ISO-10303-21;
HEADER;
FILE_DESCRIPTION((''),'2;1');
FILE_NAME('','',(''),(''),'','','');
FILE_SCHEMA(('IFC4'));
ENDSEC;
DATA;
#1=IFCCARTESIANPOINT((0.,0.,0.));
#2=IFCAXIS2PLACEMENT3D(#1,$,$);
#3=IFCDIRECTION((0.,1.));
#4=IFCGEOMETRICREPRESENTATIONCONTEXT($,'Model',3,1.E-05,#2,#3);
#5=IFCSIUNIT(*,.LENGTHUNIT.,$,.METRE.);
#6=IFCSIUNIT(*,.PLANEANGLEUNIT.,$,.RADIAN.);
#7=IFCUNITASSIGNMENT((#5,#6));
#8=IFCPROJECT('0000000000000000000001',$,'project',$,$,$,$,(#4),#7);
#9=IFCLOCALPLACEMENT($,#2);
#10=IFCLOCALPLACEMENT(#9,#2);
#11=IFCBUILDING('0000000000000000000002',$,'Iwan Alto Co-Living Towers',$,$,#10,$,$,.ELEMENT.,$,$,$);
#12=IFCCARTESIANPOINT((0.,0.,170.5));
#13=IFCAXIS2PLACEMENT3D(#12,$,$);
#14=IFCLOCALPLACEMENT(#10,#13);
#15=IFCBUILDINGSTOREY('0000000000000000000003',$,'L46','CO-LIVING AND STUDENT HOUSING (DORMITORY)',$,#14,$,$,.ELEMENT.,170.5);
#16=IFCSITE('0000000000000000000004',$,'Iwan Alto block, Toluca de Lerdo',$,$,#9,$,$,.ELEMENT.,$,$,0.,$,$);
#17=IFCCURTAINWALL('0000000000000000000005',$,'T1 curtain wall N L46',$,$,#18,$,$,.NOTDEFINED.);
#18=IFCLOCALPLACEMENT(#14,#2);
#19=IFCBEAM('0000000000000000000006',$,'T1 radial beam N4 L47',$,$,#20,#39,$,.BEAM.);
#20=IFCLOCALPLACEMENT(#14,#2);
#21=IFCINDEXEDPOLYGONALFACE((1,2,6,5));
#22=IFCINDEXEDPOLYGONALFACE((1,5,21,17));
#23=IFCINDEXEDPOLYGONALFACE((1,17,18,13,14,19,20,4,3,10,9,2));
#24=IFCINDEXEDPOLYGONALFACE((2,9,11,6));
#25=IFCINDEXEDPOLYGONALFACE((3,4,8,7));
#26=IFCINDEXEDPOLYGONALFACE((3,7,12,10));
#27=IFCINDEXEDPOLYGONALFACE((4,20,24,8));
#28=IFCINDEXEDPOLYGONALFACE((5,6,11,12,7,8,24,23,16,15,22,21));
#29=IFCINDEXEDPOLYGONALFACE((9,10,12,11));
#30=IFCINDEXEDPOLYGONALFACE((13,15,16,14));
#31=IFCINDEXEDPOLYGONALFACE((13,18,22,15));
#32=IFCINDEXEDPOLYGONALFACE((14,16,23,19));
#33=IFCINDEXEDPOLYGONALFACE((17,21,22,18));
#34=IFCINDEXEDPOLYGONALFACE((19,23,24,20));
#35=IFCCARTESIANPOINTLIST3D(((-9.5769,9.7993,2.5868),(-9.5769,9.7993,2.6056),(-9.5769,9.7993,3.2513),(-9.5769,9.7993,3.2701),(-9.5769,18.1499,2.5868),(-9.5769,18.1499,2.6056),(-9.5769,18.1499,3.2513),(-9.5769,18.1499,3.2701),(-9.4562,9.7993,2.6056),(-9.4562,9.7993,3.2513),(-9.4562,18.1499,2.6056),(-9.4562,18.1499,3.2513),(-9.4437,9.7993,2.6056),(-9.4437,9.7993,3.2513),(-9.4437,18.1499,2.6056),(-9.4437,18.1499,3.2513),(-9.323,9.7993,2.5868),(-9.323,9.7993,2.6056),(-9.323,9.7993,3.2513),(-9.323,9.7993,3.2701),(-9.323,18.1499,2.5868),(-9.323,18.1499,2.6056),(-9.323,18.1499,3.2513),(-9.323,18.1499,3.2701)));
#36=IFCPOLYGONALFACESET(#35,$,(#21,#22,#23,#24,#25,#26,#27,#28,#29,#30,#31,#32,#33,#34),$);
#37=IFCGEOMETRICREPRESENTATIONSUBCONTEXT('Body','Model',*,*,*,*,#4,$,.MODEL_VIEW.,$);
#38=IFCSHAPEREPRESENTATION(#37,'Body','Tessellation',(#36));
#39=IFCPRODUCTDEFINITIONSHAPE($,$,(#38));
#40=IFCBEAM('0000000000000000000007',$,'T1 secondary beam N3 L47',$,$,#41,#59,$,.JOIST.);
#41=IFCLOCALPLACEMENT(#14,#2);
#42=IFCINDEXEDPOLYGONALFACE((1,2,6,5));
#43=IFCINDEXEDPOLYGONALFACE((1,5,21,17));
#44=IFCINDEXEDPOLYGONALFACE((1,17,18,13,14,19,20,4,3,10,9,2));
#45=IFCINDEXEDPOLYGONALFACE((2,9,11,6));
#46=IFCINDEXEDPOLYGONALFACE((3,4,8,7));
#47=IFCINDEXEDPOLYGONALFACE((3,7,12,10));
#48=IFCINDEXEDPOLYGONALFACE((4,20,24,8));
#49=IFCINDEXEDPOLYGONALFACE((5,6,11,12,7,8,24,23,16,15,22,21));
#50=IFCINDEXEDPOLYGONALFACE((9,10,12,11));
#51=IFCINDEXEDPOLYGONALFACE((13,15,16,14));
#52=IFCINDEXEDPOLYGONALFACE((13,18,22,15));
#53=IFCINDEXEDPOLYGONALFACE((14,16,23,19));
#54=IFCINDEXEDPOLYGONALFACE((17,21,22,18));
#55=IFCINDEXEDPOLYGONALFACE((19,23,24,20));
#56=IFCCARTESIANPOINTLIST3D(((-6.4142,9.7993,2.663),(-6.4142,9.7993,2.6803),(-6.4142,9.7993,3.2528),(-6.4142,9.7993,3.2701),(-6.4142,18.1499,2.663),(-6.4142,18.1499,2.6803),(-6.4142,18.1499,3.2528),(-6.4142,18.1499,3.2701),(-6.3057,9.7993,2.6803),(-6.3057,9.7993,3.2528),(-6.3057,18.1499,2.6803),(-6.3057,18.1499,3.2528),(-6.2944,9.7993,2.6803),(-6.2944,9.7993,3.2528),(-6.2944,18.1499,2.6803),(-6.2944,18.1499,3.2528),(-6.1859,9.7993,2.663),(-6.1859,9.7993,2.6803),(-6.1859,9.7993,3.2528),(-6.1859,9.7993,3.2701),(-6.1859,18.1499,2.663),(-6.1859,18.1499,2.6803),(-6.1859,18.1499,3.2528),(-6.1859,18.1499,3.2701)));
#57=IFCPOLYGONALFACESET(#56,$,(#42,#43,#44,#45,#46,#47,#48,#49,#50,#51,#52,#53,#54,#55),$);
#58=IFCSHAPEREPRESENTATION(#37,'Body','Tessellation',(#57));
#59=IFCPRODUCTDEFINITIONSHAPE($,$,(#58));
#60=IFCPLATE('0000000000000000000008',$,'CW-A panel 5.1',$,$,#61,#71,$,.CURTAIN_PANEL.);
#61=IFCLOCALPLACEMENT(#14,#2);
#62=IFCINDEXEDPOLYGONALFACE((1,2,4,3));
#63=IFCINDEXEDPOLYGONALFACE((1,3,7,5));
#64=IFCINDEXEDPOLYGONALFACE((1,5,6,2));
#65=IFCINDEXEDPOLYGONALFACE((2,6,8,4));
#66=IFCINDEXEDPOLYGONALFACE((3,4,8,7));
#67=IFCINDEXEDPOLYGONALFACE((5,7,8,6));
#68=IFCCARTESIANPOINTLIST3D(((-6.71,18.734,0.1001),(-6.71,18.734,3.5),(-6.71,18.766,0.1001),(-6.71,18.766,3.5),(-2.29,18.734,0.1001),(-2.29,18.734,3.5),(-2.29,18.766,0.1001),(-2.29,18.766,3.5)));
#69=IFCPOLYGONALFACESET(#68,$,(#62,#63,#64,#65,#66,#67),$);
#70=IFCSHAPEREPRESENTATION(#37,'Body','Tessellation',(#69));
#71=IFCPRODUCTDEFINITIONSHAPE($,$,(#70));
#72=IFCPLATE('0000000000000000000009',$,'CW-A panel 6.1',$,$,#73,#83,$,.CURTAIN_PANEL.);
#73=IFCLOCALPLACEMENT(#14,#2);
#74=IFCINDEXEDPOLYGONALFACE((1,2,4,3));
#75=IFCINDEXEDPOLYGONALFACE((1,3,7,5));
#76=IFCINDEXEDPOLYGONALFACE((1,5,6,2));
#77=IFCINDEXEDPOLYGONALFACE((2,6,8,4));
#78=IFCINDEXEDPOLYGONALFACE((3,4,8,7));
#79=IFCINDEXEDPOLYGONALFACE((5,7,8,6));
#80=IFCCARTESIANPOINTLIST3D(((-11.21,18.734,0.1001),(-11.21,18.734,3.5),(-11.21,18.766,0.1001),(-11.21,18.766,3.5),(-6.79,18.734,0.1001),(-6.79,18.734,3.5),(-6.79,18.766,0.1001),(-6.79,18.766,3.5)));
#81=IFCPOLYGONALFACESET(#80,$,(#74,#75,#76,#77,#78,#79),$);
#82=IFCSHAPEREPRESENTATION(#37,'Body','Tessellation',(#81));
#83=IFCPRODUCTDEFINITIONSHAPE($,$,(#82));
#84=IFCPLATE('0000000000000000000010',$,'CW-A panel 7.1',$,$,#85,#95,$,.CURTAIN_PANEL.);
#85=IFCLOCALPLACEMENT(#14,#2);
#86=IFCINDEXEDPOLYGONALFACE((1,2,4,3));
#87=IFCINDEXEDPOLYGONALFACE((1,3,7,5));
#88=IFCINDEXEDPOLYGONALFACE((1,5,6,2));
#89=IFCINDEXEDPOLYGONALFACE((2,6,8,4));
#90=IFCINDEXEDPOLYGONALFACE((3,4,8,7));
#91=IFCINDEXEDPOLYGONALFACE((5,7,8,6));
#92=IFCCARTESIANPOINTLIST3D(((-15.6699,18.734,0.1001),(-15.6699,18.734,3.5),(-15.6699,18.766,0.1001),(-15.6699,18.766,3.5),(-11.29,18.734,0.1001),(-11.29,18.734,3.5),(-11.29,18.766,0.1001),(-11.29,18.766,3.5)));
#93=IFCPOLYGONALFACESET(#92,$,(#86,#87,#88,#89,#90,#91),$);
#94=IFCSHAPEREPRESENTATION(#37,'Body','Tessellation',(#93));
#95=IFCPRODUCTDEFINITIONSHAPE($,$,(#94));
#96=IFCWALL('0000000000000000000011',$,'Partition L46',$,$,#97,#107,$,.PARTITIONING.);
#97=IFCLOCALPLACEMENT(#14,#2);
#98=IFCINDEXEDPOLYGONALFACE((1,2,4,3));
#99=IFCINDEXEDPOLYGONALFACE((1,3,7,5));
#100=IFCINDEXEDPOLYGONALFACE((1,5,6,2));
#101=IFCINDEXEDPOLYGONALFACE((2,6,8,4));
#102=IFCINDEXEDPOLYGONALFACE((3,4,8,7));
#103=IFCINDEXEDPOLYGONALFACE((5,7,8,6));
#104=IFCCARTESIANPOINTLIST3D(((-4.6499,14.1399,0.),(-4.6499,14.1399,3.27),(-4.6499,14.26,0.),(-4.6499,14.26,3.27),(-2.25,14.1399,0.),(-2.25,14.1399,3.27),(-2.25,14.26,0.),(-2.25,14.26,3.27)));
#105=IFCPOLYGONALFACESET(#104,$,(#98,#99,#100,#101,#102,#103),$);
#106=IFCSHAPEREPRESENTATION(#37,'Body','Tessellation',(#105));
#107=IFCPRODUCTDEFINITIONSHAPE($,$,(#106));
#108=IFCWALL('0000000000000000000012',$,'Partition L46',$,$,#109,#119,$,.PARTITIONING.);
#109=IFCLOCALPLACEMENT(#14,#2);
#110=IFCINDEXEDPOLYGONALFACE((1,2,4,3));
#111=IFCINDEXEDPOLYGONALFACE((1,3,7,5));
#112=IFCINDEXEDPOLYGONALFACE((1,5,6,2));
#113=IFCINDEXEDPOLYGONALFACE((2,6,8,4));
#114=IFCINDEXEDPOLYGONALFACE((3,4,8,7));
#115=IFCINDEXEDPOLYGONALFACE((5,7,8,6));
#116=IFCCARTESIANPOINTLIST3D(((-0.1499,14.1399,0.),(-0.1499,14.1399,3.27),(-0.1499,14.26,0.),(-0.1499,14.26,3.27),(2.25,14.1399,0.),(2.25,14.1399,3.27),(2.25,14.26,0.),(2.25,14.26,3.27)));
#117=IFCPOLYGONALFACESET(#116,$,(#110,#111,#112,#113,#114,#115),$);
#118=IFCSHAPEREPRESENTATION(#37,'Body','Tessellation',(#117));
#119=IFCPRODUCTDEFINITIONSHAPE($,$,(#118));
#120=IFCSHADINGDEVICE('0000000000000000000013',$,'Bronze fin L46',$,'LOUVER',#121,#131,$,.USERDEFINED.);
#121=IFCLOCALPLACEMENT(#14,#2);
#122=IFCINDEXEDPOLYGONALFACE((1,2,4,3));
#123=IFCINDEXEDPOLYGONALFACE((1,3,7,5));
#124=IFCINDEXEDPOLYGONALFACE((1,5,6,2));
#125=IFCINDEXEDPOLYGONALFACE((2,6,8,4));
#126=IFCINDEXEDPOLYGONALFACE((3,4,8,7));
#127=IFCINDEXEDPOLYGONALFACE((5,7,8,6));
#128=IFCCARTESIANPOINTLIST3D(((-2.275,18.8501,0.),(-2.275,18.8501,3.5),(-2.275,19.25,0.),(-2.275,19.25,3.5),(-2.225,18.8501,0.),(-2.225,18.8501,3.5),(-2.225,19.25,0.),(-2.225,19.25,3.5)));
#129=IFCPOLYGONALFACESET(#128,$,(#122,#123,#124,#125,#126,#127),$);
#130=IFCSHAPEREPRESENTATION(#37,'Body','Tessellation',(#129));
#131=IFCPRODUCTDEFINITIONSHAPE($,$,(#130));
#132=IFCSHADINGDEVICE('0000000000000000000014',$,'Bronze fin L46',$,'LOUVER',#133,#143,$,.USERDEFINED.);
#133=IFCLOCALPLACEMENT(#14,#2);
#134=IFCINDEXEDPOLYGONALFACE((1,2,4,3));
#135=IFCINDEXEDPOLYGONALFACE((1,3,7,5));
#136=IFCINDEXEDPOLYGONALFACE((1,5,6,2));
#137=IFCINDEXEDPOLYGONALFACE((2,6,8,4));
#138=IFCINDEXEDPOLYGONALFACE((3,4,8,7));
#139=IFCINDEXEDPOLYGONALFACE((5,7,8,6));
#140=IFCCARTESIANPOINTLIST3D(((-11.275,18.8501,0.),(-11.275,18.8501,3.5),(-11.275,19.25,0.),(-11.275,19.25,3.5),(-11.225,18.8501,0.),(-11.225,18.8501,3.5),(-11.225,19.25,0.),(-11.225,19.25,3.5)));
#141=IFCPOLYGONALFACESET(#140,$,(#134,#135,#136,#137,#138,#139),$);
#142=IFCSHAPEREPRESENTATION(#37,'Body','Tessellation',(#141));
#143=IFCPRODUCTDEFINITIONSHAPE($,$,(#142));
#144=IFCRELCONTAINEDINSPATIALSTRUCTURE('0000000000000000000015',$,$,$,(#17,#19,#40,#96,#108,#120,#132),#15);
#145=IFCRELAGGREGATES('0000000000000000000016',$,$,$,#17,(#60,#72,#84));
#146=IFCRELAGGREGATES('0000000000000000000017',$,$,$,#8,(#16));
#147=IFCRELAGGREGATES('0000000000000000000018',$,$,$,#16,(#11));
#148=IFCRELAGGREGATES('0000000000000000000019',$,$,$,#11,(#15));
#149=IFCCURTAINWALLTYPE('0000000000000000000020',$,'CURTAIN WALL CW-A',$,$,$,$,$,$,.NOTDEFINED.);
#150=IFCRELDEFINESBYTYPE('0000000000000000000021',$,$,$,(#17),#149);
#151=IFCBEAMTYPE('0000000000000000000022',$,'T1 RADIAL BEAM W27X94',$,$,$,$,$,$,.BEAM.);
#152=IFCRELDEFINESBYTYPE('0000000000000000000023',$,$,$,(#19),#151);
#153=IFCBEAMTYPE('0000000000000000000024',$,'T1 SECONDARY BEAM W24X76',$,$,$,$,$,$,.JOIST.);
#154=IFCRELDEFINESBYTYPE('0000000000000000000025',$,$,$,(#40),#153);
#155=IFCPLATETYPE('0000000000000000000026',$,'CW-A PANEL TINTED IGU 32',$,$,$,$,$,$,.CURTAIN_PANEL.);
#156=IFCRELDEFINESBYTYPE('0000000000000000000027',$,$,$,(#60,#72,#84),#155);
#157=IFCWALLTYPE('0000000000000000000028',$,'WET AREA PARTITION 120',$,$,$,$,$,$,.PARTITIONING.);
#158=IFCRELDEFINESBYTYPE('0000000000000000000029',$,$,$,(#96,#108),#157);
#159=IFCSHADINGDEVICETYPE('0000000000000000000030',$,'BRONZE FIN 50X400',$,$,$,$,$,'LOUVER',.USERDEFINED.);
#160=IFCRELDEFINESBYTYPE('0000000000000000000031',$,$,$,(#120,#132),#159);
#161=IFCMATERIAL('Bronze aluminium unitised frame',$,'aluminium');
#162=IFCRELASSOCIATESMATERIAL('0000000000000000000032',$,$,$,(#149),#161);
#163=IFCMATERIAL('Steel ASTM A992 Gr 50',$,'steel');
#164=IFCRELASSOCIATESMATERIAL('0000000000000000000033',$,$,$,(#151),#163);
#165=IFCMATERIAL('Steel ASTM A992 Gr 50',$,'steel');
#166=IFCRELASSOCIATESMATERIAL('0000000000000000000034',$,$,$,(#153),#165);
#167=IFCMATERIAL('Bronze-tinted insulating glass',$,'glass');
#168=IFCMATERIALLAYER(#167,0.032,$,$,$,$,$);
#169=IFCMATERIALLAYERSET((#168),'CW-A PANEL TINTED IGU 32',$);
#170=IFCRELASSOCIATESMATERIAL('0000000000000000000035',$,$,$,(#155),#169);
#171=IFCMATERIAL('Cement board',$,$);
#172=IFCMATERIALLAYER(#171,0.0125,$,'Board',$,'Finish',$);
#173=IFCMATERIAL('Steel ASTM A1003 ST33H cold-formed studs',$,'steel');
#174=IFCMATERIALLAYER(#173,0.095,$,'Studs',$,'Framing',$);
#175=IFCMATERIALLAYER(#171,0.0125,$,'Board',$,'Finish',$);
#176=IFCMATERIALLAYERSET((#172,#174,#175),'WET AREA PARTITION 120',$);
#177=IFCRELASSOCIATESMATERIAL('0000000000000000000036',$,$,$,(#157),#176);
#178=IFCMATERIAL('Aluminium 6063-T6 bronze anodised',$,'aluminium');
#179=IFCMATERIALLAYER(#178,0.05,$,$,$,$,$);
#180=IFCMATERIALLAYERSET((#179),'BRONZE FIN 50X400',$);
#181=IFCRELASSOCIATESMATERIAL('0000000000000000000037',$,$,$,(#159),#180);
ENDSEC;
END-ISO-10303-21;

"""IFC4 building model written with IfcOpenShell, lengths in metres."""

from ifc_helpers import new_model, si_unit, direction, frame, frame_2d, origin, origin_2d, place, context, subcontext, project, spatial, rectangle, i_section, extrude, material, layer, layer_set, material_profile, profile_set, type_object, element, aggregate, save


model = new_model("IFC4")

# Units and contexts
model_context = context("Model", 3, precision=1e-05, world=origin(), true_north=direction((0.0, 1.0)))
body_context = subcontext(model_context, "Body", "Model", "MODEL_VIEW")
ifc_project = project(units=[si_unit("LENGTHUNIT", "METRE"), si_unit("PLANEANGLEUNIT", "RADIAN")], contexts=[model_context])

# Site, building, storey
site_placement = place(None, origin())
site = spatial("IfcSite", under=ifc_project, at=site_placement, Name="Iwan Alto block, Toluca de Lerdo", CompositionType="ELEMENT", RefElevation=0.0)
building_placement = place(site_placement, origin())
building = spatial("IfcBuilding", under=site, at=building_placement, Name="Iwan Alto Co-Living Towers", CompositionType="ELEMENT")
storey_placement = place(building_placement, frame((0.0, 0.0, 170.5)))
storey = spatial("IfcBuildingStorey", under=building, at=storey_placement, Name="L46", Description="CO-LIVING AND STUDENT HOUSING (DORMITORY)", CompositionType="ELEMENT", Elevation=170.5)

# Curtain wall
ifc_material_1 = material(Name="Bronze aluminium unitised frame", Category="aluminium")
curtain_wall_type = type_object("IfcCurtainWallType", Name="CURTAIN WALL CW-A", PredefinedType="NOTDEFINED", material=ifc_material_1)
curtain_wall_placement = place(storey_placement, origin())
curtain_wall = element("IfcCurtainWall", 1, at=curtain_wall_placement, inside=storey, type_object=curtain_wall_type, Name="T1 curtain wall N L46", PredefinedType="NOTDEFINED")

# Beams
ifc_material_2 = material(Name="Steel ASTM A992 Gr 50", Category="steel")
ifc_material_profile_1 = material_profile(ifc_material_2, i_section(OverallWidth=0.2539, OverallDepth=0.6833, WebThickness=0.0125, FlangeThickness=0.0188, at=origin_2d()), Name="W27X94")
ifc_profile_set_1 = profile_set([ifc_material_profile_1], Name="Steel ASTM A992 Gr 50")
beam_type_1 = type_object("IfcBeamType", Name="T1 RADIAL BEAM W27X94", PredefinedType="BEAM", material=ifc_profile_set_1)
for number, where, z_axis, x_axis, name in (
    (2, (-9.45, 18.1499, 2.9285), (0.0, -1.0, 0.0), (1.0, 0.0, 0.0), "T1 radial beam N4 L47"),
):
    element("IfcBeam", number, at=place(storey_placement, frame(where, z_axis=z_axis, x_axis=x_axis)), inside=storey, type_object=beam_type_1, Name=name, PredefinedType="BEAM", context=body_context, shape_type="SweptSolid", body=[
        extrude(i_section(OverallWidth=0.2539, OverallDepth=0.6833, WebThickness=0.0125, FlangeThickness=0.0188, at=origin_2d()), origin(), (0.0, 0.0, 1.0), 8.3506),
    ])
ifc_material_3 = material(Name="Steel ASTM A992 Gr 50", Category="steel")
ifc_material_profile_2 = material_profile(ifc_material_3, i_section(OverallWidth=0.2283, OverallDepth=0.6072, WebThickness=0.0112, FlangeThickness=0.0173, at=origin_2d()), Name="W24X76")
ifc_profile_set_2 = profile_set([ifc_material_profile_2], Name="Steel ASTM A992 Gr 50")
beam_type_2 = type_object("IfcBeamType", Name="T1 SECONDARY BEAM W24X76", PredefinedType="JOIST", material=ifc_profile_set_2)
beam_1_placement = place(storey_placement, frame((-6.3, 18.1499, 2.9666), z_axis=(0.0, -1.0, 0.0), x_axis=(1.0, 0.0, 0.0)))
element("IfcBeam", 3, at=beam_1_placement, inside=storey, type_object=beam_type_2, Name="T1 secondary beam N3 L47", PredefinedType="JOIST", context=body_context, shape_type="SweptSolid", body=[
    extrude(i_section(OverallWidth=0.2283, OverallDepth=0.6072, WebThickness=0.0112, FlangeThickness=0.0173, at=origin_2d()), origin(), (0.0, 0.0, 1.0), 8.3506),
])

# Plates
ifc_material_4 = material(Name="Bronze-tinted insulating glass", Category="glass")
ifc_layer_1 = layer(ifc_material_4, 0.032)
ifc_layer_set_1 = layer_set([ifc_layer_1], Name="CW-A PANEL TINTED IGU 32")
plate_type = type_object("IfcPlateType", Name="CW-A PANEL TINTED IGU 32", PredefinedType="CURTAIN_PANEL", material=ifc_layer_set_1)
plate_1_placement = place(storey_placement, frame((-4.5, 18.75, 0.1001), z_axis=(0.0, 0.0, 1.0), x_axis=(-1.0, 0.0, 0.0)))
plate_1 = element("IfcPlate", 4, at=plate_1_placement, type_object=plate_type, Name="CW-A panel 5.1", PredefinedType="CURTAIN_PANEL", context=body_context, shape_type="SweptSolid", body=[
    extrude(rectangle(XDim=4.4199, YDim=0.032, at=origin_2d()), origin(), (0.0, 0.0, 1.0), 3.3999),
])
plate_2_placement = place(storey_placement, frame((-9.0, 18.75, 0.1001), z_axis=(0.0, 0.0, 1.0), x_axis=(-1.0, 0.0, 0.0)))
plate_2 = element("IfcPlate", 5, at=plate_2_placement, type_object=plate_type, Name="CW-A panel 6.1", PredefinedType="CURTAIN_PANEL", context=body_context, shape_type="SweptSolid", body=[
    extrude(rectangle(XDim=4.4199, YDim=0.032, at=origin_2d()), origin(), (0.0, 0.0, 1.0), 3.3999),
])
plate_3_placement = place(storey_placement, frame((-13.48, 18.75, 0.1001), z_axis=(0.0, 0.0, 1.0), x_axis=(-1.0, 0.0, 0.0)))
plate_3 = element("IfcPlate", 6, at=plate_3_placement, type_object=plate_type, Name="CW-A panel 7.1", PredefinedType="CURTAIN_PANEL", context=body_context, shape_type="SweptSolid", body=[
    extrude(rectangle(XDim=4.3799, YDim=0.032, at=origin_2d()), origin(), (0.0, 0.0, 1.0), 3.3999),
])
aggregate(curtain_wall, [plate_1, plate_2, plate_3])

# Walls
ifc_material_5 = material(Name="Cement board")
ifc_layer_2 = layer(ifc_material_5, 0.0125, Name="Board", Category="Finish")
ifc_material_6 = material(Name="Steel ASTM A1003 ST33H cold-formed studs", Category="steel")
ifc_layer_3 = layer(ifc_material_6, 0.095, Name="Studs", Category="Framing")
ifc_layer_4 = layer(ifc_material_5, 0.0125, Name="Board", Category="Finish")
ifc_layer_set_2 = layer_set([ifc_layer_2, ifc_layer_3, ifc_layer_4], Name="WET AREA PARTITION 120")
wall_type = type_object("IfcWallType", Name="WET AREA PARTITION 120", PredefinedType="PARTITIONING", material=ifc_layer_set_2)
for number, where, z_axis, x_axis, name in (
    (7, (-4.6499, 14.2, 0.0), (0.0, 0.0, 1.0), (1.0, 0.0, 0.0), "Partition L46"),
    (8, (-0.1499, 14.2, 0.0), (0.0, 0.0, 1.0), (1.0, 0.0, 0.0), "Partition L46"),
):
    element("IfcWall", number, at=place(storey_placement, frame(where, z_axis=z_axis, x_axis=x_axis)), inside=storey, type_object=wall_type, Name=name, PredefinedType="PARTITIONING", context=body_context, shape_type="SweptSolid", body=[
        extrude(rectangle(XDim=2.3999, YDim=0.1201, at=frame_2d((1.2, 0.0))), origin(), (0.0, 0.0, 1.0), 3.27),
    ])

# Shading devices
ifc_material_7 = material(Name="Aluminium 6063-T6 bronze anodised", Category="aluminium")
ifc_layer_5 = layer(ifc_material_7, 0.05)
ifc_layer_set_3 = layer_set([ifc_layer_5], Name="BRONZE FIN 50X400")
shading_device_type = type_object("IfcShadingDeviceType", Name="BRONZE FIN 50X400", ElementType="LOUVER", PredefinedType="USERDEFINED", material=ifc_layer_set_3)
for number, where, z_axis, x_axis, name in (
    (9, (-2.25, 19.05, 0.0), (0.0, 0.0, 1.0), (-1.0, 0.0, 0.0), "Bronze fin L46"),
    (10, (-11.25, 19.05, 0.0), (0.0, 0.0, 1.0), (-1.0, 0.0, 0.0), "Bronze fin L46"),
):
    element("IfcShadingDevice", number, at=place(storey_placement, frame(where, z_axis=z_axis, x_axis=x_axis)), inside=storey, type_object=shading_device_type, Name=name, ObjectType="LOUVER", PredefinedType="USERDEFINED", context=body_context, shape_type="SweptSolid", body=[
        extrude(rectangle(XDim=0.05, YDim=0.3999, at=origin_2d()), origin(), (0.0, 0.0, 1.0), 3.5),
    ])

save(model, "model.ifc")
